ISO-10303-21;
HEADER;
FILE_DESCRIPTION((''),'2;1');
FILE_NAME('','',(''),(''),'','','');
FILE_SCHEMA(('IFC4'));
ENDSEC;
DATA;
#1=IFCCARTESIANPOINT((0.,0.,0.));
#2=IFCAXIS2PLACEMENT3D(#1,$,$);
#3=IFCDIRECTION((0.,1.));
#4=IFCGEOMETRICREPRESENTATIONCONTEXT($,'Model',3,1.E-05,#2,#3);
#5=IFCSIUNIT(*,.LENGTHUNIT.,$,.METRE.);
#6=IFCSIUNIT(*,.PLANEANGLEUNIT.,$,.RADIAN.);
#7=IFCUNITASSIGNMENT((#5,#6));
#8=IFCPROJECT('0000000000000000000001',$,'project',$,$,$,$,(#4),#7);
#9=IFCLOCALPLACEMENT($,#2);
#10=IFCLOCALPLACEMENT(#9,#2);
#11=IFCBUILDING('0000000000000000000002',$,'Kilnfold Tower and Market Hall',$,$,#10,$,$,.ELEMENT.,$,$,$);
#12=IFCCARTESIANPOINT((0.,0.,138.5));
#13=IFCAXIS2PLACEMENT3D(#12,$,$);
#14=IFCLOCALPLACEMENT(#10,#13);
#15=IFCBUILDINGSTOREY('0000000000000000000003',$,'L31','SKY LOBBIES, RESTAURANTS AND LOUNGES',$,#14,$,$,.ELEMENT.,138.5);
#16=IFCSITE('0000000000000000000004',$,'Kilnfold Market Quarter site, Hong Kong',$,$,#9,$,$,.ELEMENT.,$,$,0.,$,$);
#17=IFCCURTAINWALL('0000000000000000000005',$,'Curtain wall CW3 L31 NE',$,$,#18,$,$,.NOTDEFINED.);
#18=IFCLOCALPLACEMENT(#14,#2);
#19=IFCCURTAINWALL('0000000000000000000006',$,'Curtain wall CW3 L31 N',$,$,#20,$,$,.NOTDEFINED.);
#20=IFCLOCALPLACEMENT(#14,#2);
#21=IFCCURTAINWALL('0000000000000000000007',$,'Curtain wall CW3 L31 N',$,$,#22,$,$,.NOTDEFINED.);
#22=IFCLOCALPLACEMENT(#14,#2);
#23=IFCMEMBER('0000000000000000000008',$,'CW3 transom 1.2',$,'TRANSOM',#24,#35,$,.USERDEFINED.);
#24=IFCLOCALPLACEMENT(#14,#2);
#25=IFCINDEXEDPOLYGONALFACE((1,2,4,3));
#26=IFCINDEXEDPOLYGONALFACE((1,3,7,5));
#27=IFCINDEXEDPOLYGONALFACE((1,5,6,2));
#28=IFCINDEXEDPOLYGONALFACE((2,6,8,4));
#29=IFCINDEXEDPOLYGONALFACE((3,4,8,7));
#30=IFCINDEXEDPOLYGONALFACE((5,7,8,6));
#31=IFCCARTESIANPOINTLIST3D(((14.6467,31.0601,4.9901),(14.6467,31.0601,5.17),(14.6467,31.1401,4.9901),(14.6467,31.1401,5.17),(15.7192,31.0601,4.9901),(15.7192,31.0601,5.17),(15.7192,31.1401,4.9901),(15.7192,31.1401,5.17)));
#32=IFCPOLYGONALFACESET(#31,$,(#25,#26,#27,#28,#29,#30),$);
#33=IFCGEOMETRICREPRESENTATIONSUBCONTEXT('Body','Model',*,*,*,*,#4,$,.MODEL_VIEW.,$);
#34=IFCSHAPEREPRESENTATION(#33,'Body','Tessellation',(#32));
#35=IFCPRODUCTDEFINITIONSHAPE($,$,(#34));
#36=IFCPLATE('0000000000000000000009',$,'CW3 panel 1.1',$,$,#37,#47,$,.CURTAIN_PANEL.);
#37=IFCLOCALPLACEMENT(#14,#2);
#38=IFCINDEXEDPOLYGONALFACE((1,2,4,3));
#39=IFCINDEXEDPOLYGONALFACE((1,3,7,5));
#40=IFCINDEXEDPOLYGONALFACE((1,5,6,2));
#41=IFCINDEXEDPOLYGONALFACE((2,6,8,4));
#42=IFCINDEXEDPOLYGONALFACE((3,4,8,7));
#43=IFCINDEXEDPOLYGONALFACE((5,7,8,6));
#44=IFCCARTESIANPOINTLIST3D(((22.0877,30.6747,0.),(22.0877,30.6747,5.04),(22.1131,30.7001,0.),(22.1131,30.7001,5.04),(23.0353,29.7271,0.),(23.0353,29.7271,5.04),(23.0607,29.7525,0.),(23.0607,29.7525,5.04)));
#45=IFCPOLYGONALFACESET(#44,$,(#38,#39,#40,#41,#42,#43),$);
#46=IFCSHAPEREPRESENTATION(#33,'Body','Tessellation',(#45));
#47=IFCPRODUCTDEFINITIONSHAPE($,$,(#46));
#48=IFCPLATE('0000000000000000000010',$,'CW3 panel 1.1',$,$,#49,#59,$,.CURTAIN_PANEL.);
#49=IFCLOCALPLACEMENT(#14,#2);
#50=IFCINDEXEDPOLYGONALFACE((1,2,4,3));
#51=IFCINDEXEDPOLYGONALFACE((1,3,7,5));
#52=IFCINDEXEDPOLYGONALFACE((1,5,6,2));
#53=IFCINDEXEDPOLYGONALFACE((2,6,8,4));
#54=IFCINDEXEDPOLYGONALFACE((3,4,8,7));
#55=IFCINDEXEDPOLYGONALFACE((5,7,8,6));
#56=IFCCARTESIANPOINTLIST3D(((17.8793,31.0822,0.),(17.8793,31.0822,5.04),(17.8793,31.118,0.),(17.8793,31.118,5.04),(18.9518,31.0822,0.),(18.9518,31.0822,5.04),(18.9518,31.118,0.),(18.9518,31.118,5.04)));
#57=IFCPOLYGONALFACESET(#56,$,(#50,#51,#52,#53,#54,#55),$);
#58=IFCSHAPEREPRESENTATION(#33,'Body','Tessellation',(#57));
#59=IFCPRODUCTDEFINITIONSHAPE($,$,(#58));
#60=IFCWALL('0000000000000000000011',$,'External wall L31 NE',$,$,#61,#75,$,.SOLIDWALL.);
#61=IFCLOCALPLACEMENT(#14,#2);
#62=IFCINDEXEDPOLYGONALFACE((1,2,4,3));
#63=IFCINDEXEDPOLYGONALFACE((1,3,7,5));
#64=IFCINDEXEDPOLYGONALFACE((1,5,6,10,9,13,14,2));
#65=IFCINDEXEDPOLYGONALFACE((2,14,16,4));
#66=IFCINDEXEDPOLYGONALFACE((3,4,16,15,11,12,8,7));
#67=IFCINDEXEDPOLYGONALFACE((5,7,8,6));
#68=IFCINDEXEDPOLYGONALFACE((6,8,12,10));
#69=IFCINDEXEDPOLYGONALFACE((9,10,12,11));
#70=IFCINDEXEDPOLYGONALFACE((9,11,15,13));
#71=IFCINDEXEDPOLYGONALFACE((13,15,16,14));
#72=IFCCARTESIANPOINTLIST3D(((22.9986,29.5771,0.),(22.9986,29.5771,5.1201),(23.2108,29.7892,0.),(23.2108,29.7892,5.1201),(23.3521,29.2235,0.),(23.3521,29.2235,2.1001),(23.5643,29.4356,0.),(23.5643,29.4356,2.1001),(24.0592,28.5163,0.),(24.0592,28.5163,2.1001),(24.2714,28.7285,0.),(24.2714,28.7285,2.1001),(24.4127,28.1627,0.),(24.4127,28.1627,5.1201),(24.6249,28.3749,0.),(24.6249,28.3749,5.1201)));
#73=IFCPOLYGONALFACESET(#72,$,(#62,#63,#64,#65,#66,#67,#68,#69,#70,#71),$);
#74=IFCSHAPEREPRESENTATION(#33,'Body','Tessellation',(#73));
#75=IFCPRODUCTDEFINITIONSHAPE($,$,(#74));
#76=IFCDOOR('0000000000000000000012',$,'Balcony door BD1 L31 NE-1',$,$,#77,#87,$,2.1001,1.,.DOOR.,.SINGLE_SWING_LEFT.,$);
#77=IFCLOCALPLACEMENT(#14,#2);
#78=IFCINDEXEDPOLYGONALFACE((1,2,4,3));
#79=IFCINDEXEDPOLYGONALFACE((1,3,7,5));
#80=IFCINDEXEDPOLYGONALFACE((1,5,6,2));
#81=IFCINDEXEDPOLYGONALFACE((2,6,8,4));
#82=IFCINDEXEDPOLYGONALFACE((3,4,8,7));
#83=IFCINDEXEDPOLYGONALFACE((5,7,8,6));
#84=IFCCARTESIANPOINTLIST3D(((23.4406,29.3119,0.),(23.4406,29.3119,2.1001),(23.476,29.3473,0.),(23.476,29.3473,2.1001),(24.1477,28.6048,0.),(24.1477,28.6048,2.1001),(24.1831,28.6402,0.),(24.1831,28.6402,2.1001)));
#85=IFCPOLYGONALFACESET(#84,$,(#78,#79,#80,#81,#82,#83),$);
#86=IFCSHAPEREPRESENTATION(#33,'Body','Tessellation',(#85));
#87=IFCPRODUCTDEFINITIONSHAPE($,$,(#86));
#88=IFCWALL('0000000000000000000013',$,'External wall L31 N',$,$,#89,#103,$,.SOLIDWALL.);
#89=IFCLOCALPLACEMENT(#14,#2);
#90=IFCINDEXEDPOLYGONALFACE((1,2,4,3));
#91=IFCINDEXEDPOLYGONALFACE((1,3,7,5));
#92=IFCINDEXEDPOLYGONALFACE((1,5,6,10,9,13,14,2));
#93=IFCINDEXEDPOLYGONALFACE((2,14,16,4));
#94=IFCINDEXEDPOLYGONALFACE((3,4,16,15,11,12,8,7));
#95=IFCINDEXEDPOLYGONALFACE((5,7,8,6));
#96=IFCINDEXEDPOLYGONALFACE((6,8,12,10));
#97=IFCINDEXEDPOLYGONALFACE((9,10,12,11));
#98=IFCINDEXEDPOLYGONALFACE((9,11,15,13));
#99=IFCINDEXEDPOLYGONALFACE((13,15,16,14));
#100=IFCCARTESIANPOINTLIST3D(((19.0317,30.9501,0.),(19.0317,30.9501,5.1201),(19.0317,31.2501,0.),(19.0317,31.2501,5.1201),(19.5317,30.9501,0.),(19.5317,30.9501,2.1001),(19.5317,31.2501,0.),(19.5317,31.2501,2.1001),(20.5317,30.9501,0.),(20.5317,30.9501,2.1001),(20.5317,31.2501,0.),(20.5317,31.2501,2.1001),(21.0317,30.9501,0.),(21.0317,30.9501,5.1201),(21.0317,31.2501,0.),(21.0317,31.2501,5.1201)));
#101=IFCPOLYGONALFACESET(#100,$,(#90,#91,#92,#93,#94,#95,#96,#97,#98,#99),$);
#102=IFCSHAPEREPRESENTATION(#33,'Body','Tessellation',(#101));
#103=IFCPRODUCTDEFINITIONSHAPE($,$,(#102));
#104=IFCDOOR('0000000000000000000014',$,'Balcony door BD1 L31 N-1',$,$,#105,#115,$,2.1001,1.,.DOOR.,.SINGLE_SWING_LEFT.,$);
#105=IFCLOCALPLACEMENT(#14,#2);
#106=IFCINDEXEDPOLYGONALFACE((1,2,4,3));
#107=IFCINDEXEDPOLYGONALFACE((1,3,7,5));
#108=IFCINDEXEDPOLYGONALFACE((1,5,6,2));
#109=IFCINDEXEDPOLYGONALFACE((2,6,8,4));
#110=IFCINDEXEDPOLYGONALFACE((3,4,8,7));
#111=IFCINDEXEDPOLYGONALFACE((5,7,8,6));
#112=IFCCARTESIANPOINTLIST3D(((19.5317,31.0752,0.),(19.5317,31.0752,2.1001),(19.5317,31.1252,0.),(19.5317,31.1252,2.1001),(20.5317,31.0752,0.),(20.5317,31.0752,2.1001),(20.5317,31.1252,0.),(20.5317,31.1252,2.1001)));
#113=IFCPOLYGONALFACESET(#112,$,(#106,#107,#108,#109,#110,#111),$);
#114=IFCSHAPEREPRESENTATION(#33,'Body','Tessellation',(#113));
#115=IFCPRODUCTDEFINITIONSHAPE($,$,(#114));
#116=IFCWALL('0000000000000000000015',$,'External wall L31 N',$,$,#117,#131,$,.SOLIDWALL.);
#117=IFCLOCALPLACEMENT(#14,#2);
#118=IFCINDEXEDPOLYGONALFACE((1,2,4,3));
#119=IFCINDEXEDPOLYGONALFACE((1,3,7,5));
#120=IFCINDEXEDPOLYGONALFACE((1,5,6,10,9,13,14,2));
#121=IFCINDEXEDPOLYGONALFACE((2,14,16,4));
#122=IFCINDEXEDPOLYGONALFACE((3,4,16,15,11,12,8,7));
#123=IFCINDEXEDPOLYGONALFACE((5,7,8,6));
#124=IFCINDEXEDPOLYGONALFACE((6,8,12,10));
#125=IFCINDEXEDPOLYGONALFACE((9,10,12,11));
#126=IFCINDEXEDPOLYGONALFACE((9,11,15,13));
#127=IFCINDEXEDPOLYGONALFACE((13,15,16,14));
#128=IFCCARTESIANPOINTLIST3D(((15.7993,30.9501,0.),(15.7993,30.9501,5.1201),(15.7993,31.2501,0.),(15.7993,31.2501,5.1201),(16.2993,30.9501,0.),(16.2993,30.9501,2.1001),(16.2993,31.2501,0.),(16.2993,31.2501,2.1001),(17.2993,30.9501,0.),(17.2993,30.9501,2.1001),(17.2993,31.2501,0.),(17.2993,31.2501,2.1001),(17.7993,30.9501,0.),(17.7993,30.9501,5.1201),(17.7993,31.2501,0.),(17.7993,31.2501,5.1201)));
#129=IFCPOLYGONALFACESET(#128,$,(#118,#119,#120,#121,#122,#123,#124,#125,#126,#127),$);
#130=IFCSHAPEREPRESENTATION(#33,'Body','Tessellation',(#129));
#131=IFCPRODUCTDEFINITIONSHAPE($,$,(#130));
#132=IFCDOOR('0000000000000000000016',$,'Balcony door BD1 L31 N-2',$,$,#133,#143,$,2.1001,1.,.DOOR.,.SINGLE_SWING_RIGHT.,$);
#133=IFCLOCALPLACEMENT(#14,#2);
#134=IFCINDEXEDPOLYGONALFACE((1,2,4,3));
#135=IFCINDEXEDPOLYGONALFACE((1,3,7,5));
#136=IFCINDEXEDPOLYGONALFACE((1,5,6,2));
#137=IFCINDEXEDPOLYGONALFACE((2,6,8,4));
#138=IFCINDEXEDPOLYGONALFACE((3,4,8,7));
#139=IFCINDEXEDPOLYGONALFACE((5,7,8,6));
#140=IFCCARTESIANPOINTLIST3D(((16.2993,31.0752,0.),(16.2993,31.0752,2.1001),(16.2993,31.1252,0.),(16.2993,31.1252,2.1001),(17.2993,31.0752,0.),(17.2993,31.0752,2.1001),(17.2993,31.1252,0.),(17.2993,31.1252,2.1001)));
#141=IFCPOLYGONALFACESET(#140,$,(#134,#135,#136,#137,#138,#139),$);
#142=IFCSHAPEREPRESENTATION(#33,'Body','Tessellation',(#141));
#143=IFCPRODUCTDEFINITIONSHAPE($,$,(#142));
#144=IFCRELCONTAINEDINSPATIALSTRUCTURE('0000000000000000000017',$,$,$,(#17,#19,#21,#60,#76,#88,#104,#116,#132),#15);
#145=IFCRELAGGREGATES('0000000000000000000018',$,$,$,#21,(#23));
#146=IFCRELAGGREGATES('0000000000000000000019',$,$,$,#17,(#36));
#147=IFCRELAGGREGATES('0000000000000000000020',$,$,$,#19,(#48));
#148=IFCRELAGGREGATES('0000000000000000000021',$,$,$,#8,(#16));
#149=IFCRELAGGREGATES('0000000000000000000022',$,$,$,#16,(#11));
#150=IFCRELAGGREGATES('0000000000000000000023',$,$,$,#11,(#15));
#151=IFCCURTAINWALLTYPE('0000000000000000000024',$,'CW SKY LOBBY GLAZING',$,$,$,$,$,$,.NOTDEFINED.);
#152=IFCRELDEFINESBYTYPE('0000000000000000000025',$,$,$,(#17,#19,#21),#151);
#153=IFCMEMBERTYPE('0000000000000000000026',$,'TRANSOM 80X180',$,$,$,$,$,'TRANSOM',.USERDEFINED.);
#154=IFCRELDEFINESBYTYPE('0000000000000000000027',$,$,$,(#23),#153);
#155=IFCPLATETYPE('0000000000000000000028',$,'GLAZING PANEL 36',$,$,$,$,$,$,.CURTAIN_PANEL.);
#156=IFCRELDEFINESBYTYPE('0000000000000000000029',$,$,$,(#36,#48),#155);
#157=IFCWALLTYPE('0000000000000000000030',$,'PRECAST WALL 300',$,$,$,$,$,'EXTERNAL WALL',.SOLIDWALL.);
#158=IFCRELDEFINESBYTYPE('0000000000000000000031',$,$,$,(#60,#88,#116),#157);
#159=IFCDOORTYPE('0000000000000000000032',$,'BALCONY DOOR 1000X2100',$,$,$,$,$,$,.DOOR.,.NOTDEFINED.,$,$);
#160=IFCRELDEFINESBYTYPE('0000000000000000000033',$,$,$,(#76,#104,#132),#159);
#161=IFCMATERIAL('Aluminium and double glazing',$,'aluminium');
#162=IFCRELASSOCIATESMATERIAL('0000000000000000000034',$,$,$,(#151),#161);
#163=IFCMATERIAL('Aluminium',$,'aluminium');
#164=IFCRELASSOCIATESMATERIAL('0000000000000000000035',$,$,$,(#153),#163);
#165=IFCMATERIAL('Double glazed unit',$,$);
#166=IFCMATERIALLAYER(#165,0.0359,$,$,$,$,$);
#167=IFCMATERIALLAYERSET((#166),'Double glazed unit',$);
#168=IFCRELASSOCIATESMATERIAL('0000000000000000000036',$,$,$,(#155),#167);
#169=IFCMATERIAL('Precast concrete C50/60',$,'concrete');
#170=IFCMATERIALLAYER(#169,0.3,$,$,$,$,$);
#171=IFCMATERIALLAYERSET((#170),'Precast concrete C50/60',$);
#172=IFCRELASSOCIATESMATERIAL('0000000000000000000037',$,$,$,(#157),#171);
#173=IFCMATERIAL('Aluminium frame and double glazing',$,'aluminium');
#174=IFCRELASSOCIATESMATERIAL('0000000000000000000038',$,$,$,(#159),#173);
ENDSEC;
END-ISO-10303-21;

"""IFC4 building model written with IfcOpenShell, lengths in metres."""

from ifc_helpers import new_model, si_unit, direction, frame, frame_2d, origin, origin_2d, place, context, subcontext, project, spatial, rectangle, extrude, source, transform, mapped, material, layer, layer_set, material_profile, profile_set, type_object, element, fill, aggregate, save


model = new_model("IFC4")

# Units and contexts
model_context = context("Model", 3, precision=1e-05, world=origin(), true_north=direction((0.0, 1.0)))
body_context = subcontext(model_context, "Body", "Model", "MODEL_VIEW")
ifc_project = project(units=[si_unit("LENGTHUNIT", "METRE"), si_unit("PLANEANGLEUNIT", "RADIAN")], contexts=[model_context])

# Site, building, storey
site_placement = place(None, origin())
site = spatial("IfcSite", under=ifc_project, at=site_placement, Name="Kilnfold Market Quarter site, Hong Kong", CompositionType="ELEMENT", RefElevation=0.0)
building_placement = place(site_placement, origin())
building = spatial("IfcBuilding", under=site, at=building_placement, Name="Kilnfold Tower and Market Hall", CompositionType="ELEMENT")
storey_placement = place(building_placement, frame((0.0, 0.0, 138.5)))
storey = spatial("IfcBuildingStorey", under=building, at=storey_placement, Name="L31", Description="SKY LOBBIES, RESTAURANTS AND LOUNGES", CompositionType="ELEMENT", Elevation=138.5)

# Shared definitions
ifc_material_1 = material(Name="Aluminium and double glazing", Category="aluminium")
curtain_wall_type = type_object("IfcCurtainWallType", Name="CW SKY LOBBY GLAZING", PredefinedType="NOTDEFINED", material=ifc_material_1)

# Curtain walls
curtain_wall_1_placement = place(storey_placement, origin())
curtain_wall_1 = element("IfcCurtainWall", 1, at=curtain_wall_1_placement, inside=storey, type_object=curtain_wall_type, Name="Curtain wall CW3 L31 NE", PredefinedType="NOTDEFINED")
curtain_wall_2_placement = place(storey_placement, origin())
curtain_wall_2 = element("IfcCurtainWall", 2, at=curtain_wall_2_placement, inside=storey, type_object=curtain_wall_type, Name="Curtain wall CW3 L31 N", PredefinedType="NOTDEFINED")

# Curtain wall
curtain_wall_3_placement = place(storey_placement, origin())
curtain_wall_3 = element("IfcCurtainWall", 3, at=curtain_wall_3_placement, inside=storey, type_object=curtain_wall_type, Name="Curtain wall CW3 L31 N", PredefinedType="NOTDEFINED")

# Member
ifc_material_2 = material(Name="Aluminium", Category="aluminium")
ifc_material_profile_1 = material_profile(ifc_material_2, rectangle(XDim=0.0801, YDim=0.1799, at=origin_2d()), Name="TRANSOM 80x180")
ifc_profile_set_1 = profile_set([ifc_material_profile_1], Name="Aluminium")
member_type_1 = type_object("IfcMemberType", Name="TRANSOM 80X180", ElementType="TRANSOM", PredefinedType="USERDEFINED", material=ifc_profile_set_1)
shared_shape_1 = source(origin(), body_context, "Body", "SweptSolid", [
    extrude(rectangle(XDim=0.0801, YDim=0.1799, at=origin_2d()), origin(), (0.0, 0.0, 1.0), 1.0725),
])
member_1_placement = place(storey_placement, frame((15.7192, 31.1001, 5.0801), z_axis=(-1.0, 0.0, 0.0), x_axis=(0.0, -1.0, 0.0)))
member_1 = element("IfcMember", 4, at=member_1_placement, type_object=member_type_1, Name="CW3 transom 1.2", ObjectType="TRANSOM", PredefinedType="USERDEFINED", context=body_context, shape_type="MappedRepresentation", body=[
    mapped(shared_shape_1, transform((0.0, 0.0, 0.0))),
])
aggregate(curtain_wall_3, [member_1])

# Plates
ifc_material_3 = material(Name="Double glazed unit")
ifc_layer_1 = layer(ifc_material_3, 0.0359)
ifc_layer_set_1 = layer_set([ifc_layer_1], Name="Double glazed unit")
plate_type = type_object("IfcPlateType", Name="GLAZING PANEL 36", PredefinedType="CURTAIN_PANEL", material=ifc_layer_set_1)
shared_shape_2 = source(origin(), body_context, "Body", "SweptSolid", [
    extrude(rectangle(XDim=1.3401, YDim=0.0359, at=origin_2d()), origin(), (0.0, 0.0, 1.0), 5.04),
])
plate_1_placement = place(storey_placement, frame((22.5742, 30.2136, 0.0), z_axis=(0.0, 0.0, 1.0), x_axis=(-0.707107, 0.707107, 0.0)))
plate_1 = element("IfcPlate", 5, at=plate_1_placement, type_object=plate_type, Name="CW3 panel 1.1", PredefinedType="CURTAIN_PANEL", context=body_context, shape_type="MappedRepresentation", body=[
    mapped(shared_shape_2, transform((0.0, 0.0, 0.0))),
])
aggregate(curtain_wall_1, [plate_1])
shared_shape_3 = source(origin(), body_context, "Body", "SweptSolid", [
    extrude(rectangle(XDim=1.0725, YDim=0.0359, at=origin_2d()), origin(), (0.0, 0.0, 1.0), 5.04),
])
plate_2_placement = place(storey_placement, frame((18.4155, 31.1001, 0.0), z_axis=(0.0, 0.0, 1.0), x_axis=(-1.0, 0.0, 0.0)))
plate_2 = element("IfcPlate", 6, at=plate_2_placement, type_object=plate_type, Name="CW3 panel 1.1", PredefinedType="CURTAIN_PANEL", context=body_context, shape_type="MappedRepresentation", body=[
    mapped(shared_shape_3, transform((0.0, 0.0, 0.0))),
])
aggregate(curtain_wall_2, [plate_2])

# Walls, openings, doors
ifc_material_4 = material(Name="Precast concrete C50/60", Category="concrete")
ifc_layer_2 = layer(ifc_material_4, 0.3)
ifc_layer_set_2 = layer_set([ifc_layer_2], Name="Precast concrete C50/60")
wall_type = type_object("IfcWallType", Name="PRECAST WALL 300", ElementType="EXTERNAL WALL", PredefinedType="SOLIDWALL", material=ifc_layer_set_2)
shared_shape_4 = source(origin(), body_context, "Body", "SweptSolid", [
    extrude(rectangle(XDim=2.0, YDim=0.3, at=frame_2d((1.0, 0.0))), origin(), (0.0, 0.0, 1.0), 5.1201),
])
wall_1_placement = place(storey_placement, frame((24.5188, 28.2688, 0.0), z_axis=(0.0, 0.0, 1.0), x_axis=(-0.707046, 0.707168, 0.0)))
wall_1 = element("IfcWall", 7, at=wall_1_placement, inside=storey, type_object=wall_type, Name="External wall L31 NE", PredefinedType="SOLIDWALL", context=body_context, shape_type="MappedRepresentation", body=[
    mapped(shared_shape_4, transform((0.0, 0.0, 0.0))),
])
opening_1_placement = place(wall_1_placement, frame((0.5, 0.0, 0.0)))
opening_1 = element("IfcOpeningElement", 8, at=opening_1_placement, cuts=wall_1, PredefinedType="OPENING", context=body_context, shape_type="SweptSolid", body=[
    extrude(rectangle(XDim=1.0, YDim=2.1001, at=frame_2d((0.5, 1.05))), frame((0.0, 0.1602, 0.0), z_axis=(0.0, -1.0, 0.0), x_axis=(1.0, 0.0, 0.0)), (0.0, 0.0, 1.0), 0.3201),
])
ifc_material_5 = material(Name="Aluminium frame and double glazing", Category="aluminium")
door_type = type_object("IfcDoorType", Name="BALCONY DOOR 1000X2100", OperationType="NOTDEFINED", PredefinedType="DOOR", material=ifc_material_5)
door_1_placement = place(opening_1_placement, origin())
door_1 = element("IfcDoor", 9, at=door_1_placement, inside=storey, type_object=door_type, Name="Balcony door BD1 L31 NE-1", OperationType="SINGLE_SWING_LEFT", OverallHeight=2.1001, OverallWidth=1.0, PredefinedType="DOOR", context=body_context, shape_type="SweptSolid", body=[
    extrude(rectangle(XDim=1.0, YDim=2.1001, at=frame_2d((0.5, 1.05))), frame((0.0, 0.0249, 0.0), z_axis=(0.0, -1.0, 0.0), x_axis=(1.0, 0.0, 0.0)), (0.0, 0.0, 1.0), 0.05),
])
fill(opening_1, door_1)
wall_2_placement = place(storey_placement, frame((21.0317, 31.1001, 0.0), z_axis=(0.0, 0.0, 1.0), x_axis=(-1.0, 0.0, 0.0)))
wall_2 = element("IfcWall", 10, at=wall_2_placement, inside=storey, type_object=wall_type, Name="External wall L31 N", PredefinedType="SOLIDWALL", context=body_context, shape_type="MappedRepresentation", body=[
    mapped(shared_shape_4, transform((0.0, 0.0, 0.0))),
])
opening_2_placement = place(wall_2_placement, frame((0.5, 0.0, 0.0)))
opening_2 = element("IfcOpeningElement", 11, at=opening_2_placement, cuts=wall_2, PredefinedType="OPENING", context=body_context, shape_type="SweptSolid", body=[
    extrude(rectangle(XDim=1.0, YDim=2.1001, at=frame_2d((0.5, 1.05))), frame((0.0, 0.1602, 0.0), z_axis=(0.0, -1.0, 0.0), x_axis=(1.0, 0.0, 0.0)), (0.0, 0.0, 1.0), 0.3201),
])
door_2_placement = place(opening_2_placement, origin())
door_2 = element("IfcDoor", 12, at=door_2_placement, inside=storey, type_object=door_type, Name="Balcony door BD1 L31 N-1", OperationType="SINGLE_SWING_LEFT", OverallHeight=2.1001, OverallWidth=1.0, PredefinedType="DOOR", context=body_context, shape_type="SweptSolid", body=[
    extrude(rectangle(XDim=1.0, YDim=2.1001, at=frame_2d((0.5, 1.05))), frame((0.0, 0.0249, 0.0), z_axis=(0.0, -1.0, 0.0), x_axis=(1.0, 0.0, 0.0)), (0.0, 0.0, 1.0), 0.05),
])
fill(opening_2, door_2)
wall_3_placement = place(storey_placement, frame((17.7993, 31.1001, 0.0), z_axis=(0.0, 0.0, 1.0), x_axis=(-1.0, 0.0, 0.0)))
wall_3 = element("IfcWall", 13, at=wall_3_placement, inside=storey, type_object=wall_type, Name="External wall L31 N", PredefinedType="SOLIDWALL", context=body_context, shape_type="MappedRepresentation", body=[
    mapped(shared_shape_4, transform((0.0, 0.0, 0.0))),
])
opening_3_placement = place(wall_3_placement, frame((0.5, 0.0, 0.0)))
opening_3 = element("IfcOpeningElement", 14, at=opening_3_placement, cuts=wall_3, PredefinedType="OPENING", context=body_context, shape_type="SweptSolid", body=[
    extrude(rectangle(XDim=1.0, YDim=2.1001, at=frame_2d((0.5, 1.05))), frame((0.0, 0.1602, 0.0), z_axis=(0.0, -1.0, 0.0), x_axis=(1.0, 0.0, 0.0)), (0.0, 0.0, 1.0), 0.3201),
])
door_3_placement = place(opening_3_placement, origin())
door_3 = element("IfcDoor", 15, at=door_3_placement, inside=storey, type_object=door_type, Name="Balcony door BD1 L31 N-2", OperationType="SINGLE_SWING_RIGHT", OverallHeight=2.1001, OverallWidth=1.0, PredefinedType="DOOR", context=body_context, shape_type="SweptSolid", body=[
    extrude(rectangle(XDim=1.0, YDim=2.1001, at=frame_2d((0.5, 1.05))), frame((0.0, 0.0249, 0.0), z_axis=(0.0, -1.0, 0.0), x_axis=(1.0, 0.0, 0.0)), (0.0, 0.0, 1.0), 0.05),
])
fill(opening_3, door_3)

save(model, "model.ifc")
